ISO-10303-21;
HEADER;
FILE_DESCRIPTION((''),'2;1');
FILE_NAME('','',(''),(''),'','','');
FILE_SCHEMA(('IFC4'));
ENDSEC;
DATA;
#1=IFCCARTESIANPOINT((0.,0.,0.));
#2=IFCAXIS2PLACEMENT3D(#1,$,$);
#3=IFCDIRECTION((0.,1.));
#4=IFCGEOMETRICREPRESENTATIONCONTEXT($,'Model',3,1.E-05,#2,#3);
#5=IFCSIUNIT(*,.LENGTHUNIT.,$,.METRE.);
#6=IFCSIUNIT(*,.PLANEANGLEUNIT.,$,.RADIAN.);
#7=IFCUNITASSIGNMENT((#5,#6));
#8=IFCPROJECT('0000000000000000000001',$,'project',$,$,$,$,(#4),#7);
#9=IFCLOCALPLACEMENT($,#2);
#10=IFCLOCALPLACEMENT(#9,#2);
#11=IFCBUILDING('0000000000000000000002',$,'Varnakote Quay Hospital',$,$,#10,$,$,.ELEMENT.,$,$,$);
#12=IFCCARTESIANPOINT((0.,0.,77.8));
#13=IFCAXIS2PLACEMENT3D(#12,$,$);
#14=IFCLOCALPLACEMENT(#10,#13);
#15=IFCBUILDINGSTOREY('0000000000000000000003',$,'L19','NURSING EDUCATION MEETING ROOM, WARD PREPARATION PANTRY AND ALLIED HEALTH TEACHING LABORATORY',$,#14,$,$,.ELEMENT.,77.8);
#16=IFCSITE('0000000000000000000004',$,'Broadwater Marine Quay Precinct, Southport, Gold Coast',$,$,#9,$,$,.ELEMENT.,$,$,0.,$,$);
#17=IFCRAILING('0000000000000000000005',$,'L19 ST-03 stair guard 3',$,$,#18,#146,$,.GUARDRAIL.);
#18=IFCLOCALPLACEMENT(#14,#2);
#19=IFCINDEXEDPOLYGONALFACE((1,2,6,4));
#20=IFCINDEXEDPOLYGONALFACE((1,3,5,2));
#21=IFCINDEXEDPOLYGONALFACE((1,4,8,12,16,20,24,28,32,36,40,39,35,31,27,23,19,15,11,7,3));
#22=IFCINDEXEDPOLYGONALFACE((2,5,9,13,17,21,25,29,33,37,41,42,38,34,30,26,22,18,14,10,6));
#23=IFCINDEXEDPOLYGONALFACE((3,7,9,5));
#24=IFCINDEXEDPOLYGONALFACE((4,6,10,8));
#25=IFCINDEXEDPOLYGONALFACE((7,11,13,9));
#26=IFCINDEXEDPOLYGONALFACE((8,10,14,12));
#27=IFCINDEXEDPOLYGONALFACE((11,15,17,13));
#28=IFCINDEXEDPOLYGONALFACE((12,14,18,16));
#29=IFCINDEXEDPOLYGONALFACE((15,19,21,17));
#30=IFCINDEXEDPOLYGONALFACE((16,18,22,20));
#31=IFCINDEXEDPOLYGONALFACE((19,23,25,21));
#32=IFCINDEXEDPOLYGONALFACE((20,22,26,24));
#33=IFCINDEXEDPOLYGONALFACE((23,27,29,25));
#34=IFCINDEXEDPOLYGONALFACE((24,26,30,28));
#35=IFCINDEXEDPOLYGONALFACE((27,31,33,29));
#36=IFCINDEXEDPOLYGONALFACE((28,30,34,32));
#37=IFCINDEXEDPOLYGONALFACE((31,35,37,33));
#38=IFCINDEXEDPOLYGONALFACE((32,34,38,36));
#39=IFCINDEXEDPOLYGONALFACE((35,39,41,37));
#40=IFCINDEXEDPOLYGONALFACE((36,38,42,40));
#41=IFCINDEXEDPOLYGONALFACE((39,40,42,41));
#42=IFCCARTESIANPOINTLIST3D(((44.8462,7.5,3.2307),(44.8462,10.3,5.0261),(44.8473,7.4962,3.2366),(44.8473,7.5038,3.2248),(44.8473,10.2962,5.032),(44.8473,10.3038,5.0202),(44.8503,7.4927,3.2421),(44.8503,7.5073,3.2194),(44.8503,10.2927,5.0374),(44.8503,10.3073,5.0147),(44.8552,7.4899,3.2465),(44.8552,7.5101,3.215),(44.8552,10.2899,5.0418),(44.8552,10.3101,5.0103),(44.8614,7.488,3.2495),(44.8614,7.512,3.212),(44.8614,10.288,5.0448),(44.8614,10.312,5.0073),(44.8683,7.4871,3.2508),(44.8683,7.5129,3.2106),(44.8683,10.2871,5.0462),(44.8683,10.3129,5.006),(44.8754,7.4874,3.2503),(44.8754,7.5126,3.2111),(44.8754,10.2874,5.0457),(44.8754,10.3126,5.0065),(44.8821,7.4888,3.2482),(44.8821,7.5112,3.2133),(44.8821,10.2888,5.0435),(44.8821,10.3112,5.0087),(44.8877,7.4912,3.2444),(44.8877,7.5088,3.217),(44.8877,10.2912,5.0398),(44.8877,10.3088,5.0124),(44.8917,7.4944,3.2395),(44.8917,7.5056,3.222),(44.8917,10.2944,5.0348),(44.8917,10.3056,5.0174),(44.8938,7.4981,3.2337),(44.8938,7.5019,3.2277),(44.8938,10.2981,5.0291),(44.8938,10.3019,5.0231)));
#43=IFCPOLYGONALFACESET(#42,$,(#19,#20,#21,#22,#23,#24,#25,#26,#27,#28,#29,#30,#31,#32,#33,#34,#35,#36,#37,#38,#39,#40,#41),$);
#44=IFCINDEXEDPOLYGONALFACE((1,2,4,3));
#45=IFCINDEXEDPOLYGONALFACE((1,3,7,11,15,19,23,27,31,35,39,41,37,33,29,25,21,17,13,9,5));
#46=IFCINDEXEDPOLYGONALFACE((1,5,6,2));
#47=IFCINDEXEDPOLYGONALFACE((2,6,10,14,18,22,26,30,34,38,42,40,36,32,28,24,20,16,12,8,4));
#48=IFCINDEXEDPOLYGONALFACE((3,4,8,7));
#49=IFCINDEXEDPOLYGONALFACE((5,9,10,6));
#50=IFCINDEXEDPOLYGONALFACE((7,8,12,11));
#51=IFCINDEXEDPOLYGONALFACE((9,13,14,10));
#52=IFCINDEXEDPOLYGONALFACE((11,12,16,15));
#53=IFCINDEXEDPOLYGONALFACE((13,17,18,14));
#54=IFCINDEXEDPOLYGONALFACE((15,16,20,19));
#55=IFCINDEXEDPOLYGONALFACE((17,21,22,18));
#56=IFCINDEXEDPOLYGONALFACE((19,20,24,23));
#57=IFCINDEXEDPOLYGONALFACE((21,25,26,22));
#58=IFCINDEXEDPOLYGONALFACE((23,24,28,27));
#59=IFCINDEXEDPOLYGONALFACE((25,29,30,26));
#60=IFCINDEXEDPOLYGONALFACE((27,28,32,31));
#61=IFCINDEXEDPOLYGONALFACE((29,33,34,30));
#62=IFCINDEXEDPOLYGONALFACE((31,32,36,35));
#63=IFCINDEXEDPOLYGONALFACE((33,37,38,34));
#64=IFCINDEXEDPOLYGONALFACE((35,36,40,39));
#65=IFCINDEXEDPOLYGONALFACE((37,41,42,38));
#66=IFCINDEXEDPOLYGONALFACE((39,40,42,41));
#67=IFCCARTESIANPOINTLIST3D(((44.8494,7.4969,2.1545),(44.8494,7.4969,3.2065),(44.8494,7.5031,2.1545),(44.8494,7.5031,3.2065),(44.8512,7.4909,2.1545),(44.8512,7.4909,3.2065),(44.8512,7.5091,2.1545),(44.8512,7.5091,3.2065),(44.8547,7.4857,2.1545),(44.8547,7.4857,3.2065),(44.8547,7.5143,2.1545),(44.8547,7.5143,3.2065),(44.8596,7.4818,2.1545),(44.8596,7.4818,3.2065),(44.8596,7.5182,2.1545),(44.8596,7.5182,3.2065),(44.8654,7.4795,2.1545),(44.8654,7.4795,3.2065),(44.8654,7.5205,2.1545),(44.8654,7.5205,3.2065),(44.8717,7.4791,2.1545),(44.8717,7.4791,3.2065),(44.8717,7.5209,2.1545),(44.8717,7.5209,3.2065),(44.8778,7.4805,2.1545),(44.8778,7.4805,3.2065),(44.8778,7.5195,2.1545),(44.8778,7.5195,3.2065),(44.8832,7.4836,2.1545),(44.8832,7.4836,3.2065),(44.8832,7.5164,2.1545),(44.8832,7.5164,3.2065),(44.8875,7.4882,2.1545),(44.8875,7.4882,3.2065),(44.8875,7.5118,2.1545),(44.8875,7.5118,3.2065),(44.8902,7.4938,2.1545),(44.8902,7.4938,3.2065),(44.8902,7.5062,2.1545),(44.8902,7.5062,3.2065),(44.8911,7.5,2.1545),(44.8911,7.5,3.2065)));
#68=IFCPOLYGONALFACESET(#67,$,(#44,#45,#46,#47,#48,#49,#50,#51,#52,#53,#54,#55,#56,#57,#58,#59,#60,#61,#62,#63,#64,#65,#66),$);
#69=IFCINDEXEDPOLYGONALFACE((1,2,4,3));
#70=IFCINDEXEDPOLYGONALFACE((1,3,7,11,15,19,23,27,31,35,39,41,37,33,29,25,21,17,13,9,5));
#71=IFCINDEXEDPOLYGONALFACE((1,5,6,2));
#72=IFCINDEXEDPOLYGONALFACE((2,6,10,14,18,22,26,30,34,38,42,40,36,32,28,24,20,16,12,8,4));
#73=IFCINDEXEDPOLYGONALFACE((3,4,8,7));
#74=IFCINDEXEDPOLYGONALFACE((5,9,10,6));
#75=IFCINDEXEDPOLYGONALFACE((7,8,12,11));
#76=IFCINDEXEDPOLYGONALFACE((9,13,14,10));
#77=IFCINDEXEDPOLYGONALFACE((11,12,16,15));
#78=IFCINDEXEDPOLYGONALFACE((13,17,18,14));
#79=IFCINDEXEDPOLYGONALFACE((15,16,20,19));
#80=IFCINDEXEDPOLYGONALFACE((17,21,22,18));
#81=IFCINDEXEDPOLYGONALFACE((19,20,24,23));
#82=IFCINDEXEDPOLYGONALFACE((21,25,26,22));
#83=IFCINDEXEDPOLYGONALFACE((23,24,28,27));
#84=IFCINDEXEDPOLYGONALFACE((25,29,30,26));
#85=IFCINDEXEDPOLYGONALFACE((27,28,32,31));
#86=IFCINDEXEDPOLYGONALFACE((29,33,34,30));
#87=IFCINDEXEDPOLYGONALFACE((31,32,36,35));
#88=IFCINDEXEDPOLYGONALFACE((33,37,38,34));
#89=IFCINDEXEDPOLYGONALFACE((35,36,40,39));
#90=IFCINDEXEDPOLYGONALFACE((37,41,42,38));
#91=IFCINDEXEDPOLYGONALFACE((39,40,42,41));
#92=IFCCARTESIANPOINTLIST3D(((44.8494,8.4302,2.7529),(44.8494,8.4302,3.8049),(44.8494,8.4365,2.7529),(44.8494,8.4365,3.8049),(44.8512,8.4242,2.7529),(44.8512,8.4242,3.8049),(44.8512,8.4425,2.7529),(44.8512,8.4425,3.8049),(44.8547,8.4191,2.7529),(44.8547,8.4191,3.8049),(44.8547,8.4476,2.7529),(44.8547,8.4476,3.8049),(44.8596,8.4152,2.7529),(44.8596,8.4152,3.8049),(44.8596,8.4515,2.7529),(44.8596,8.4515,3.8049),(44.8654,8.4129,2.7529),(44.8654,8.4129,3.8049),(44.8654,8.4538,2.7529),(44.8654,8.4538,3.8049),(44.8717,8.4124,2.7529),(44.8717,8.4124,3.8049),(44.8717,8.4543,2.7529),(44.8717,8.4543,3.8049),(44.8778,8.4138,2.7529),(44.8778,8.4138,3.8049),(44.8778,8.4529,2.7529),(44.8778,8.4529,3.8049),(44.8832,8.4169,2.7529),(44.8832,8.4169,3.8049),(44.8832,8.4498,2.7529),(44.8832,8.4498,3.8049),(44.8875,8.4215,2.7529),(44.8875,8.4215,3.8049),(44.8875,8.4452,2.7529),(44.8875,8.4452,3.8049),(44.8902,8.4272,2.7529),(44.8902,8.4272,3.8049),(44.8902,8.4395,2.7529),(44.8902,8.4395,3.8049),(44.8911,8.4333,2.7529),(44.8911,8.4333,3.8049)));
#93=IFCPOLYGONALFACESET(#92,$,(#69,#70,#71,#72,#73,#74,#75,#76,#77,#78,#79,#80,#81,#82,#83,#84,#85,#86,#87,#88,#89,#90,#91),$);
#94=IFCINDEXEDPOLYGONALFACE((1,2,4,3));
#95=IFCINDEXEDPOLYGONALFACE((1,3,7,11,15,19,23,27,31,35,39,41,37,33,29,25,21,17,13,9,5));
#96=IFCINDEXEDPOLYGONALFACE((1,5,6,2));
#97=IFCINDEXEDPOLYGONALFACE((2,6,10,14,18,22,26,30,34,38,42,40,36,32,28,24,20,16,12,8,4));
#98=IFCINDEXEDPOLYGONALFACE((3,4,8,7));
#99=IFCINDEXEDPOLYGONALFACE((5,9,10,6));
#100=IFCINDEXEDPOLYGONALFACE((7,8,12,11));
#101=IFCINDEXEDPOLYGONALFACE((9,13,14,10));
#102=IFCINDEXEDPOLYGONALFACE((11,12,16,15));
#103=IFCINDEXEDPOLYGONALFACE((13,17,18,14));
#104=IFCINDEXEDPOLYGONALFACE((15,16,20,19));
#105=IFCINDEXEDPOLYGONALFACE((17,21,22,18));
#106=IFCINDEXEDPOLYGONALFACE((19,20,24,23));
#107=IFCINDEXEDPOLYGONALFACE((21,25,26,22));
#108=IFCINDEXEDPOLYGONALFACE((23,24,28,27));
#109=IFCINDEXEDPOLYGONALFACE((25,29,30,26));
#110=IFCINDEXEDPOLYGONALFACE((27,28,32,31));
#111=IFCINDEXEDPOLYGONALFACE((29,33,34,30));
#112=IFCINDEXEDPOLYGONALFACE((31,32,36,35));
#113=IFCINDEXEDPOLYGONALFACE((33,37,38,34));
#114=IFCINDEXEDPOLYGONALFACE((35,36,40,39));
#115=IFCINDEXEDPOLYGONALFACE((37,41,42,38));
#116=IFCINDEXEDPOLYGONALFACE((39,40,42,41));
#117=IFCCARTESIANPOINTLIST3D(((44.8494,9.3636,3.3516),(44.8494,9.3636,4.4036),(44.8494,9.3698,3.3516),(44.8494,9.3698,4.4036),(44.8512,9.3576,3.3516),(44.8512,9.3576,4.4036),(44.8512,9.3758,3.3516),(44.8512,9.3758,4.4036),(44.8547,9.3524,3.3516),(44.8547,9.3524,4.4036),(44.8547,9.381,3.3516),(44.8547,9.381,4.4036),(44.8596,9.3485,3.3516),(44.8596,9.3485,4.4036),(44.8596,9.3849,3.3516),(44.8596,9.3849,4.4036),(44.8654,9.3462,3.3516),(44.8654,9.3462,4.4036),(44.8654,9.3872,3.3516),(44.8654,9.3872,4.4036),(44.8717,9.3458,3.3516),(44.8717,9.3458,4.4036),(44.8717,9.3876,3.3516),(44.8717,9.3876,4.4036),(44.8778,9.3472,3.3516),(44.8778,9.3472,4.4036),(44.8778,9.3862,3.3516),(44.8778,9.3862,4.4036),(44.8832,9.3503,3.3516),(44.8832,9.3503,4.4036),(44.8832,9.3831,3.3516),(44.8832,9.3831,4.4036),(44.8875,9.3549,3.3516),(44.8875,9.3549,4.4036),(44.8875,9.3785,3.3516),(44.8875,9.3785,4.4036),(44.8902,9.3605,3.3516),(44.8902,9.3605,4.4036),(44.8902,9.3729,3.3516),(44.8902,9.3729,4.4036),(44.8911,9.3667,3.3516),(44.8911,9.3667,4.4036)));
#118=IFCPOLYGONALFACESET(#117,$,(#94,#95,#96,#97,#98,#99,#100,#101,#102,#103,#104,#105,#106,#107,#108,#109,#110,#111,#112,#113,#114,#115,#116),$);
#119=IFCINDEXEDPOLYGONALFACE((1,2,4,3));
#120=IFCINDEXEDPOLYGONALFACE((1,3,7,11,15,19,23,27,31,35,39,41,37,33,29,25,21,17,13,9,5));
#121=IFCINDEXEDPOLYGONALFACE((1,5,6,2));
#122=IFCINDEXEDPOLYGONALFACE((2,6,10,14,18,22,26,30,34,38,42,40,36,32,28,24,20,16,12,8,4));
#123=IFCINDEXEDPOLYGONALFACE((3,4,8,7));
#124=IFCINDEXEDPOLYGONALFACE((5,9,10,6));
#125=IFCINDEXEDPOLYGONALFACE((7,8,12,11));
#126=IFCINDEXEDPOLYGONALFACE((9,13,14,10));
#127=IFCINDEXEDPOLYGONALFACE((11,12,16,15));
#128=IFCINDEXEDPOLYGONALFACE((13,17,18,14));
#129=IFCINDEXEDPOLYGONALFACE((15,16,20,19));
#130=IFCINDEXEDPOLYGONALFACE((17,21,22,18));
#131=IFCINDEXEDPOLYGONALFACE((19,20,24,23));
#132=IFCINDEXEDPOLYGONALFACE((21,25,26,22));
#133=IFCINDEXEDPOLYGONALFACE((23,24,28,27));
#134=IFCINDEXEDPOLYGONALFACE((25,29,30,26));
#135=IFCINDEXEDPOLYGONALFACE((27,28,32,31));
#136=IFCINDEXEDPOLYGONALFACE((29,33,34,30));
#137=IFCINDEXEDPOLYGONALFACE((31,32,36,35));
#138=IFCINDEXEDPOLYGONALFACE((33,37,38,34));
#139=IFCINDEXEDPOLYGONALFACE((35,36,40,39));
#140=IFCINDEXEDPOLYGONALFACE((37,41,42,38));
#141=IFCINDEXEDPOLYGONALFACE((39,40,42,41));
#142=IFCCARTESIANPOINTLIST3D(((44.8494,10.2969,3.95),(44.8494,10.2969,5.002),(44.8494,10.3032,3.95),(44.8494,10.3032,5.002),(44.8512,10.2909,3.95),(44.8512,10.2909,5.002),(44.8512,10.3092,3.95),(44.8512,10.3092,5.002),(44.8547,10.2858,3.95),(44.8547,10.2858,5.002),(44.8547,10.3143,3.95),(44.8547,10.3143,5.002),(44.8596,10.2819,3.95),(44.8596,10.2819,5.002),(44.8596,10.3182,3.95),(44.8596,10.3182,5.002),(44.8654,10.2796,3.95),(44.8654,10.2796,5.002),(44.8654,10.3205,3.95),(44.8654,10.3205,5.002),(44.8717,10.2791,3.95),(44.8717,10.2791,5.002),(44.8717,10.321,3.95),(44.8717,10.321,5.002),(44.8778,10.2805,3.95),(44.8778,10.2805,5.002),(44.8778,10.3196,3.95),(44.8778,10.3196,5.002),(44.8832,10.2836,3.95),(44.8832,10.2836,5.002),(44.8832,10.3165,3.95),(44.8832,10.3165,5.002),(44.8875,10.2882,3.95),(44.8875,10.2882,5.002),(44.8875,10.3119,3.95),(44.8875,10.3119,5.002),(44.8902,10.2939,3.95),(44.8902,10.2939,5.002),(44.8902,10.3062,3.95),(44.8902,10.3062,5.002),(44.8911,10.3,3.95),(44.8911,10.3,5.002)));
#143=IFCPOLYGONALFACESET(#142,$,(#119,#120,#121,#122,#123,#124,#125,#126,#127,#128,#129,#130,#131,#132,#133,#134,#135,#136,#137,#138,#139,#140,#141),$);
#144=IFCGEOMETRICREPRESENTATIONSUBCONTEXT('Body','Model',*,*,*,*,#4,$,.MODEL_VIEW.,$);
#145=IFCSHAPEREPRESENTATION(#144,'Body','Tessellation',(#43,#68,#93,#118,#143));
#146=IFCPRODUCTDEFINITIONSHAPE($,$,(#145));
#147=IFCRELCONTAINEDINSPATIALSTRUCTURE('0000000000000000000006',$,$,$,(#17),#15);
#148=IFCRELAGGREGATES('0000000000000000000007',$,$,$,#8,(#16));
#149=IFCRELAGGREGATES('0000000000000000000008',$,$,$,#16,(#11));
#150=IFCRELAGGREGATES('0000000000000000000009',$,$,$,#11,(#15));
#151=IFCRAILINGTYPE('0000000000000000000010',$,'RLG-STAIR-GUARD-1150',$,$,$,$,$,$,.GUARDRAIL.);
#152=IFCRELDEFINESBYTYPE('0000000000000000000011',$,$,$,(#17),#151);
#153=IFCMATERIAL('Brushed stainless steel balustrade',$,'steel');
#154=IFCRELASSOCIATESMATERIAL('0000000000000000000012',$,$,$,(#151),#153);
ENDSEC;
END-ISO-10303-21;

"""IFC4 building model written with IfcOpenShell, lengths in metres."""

from ifc_helpers import new_model, si_unit, direction, frame, origin, origin_2d, place, context, subcontext, project, spatial, circle, extrude, material, type_object, element, save


model = new_model("IFC4")

# Units and contexts
model_context = context("Model", 3, precision=1e-05, world=origin(), true_north=direction((0.0, 1.0)))
body_context = subcontext(model_context, "Body", "Model", "MODEL_VIEW")
ifc_project = project(units=[si_unit("LENGTHUNIT", "METRE"), si_unit("PLANEANGLEUNIT", "RADIAN")], contexts=[model_context])

# Site, building, storey
site_placement = place(None, origin())
site = spatial("IfcSite", under=ifc_project, at=site_placement, Name="Broadwater Marine Quay Precinct, Southport, Gold Coast", CompositionType="ELEMENT", RefElevation=0.0)
building_placement = place(site_placement, origin())
building = spatial("IfcBuilding", under=site, at=building_placement, Name="Varnakote Quay Hospital", CompositionType="ELEMENT")
storey_placement = place(building_placement, frame((0.0, 0.0, 77.8)))
storey = spatial("IfcBuildingStorey", under=building, at=storey_placement, Name="L19", Description="NURSING EDUCATION MEETING ROOM, WARD PREPARATION PANTRY AND ALLIED HEALTH TEACHING LABORATORY", CompositionType="ELEMENT", Elevation=77.8)

# Railing
ifc_material_1 = material(Name="Brushed stainless steel balustrade", Category="steel")
railing_type_1 = type_object("IfcRailingType", Name="RLG-STAIR-GUARD-1150", PredefinedType="GUARDRAIL", material=ifc_material_1)
railing_1_placement = place(storey_placement, frame((44.8701, 7.5, 2.1545)))
element("IfcRailing", 1, at=railing_1_placement, inside=storey, type_object=railing_type_1, Name="L19 ST-03 stair guard 3", PredefinedType="GUARDRAIL", context=body_context, shape_type="SweptSolid", body=[
    extrude(circle(Radius=0.0239, at=origin_2d()), frame((0.0, 0.0, 1.0762), z_axis=(0.0, 0.84181, 0.539774), x_axis=(-1.0, 0.0, 0.0)), (0.0, 0.0, 1.0), 3.3262),
    extrude(circle(Radius=0.021, at=origin_2d()), origin(), (0.0, 0.0, 1.0), 1.052),
    extrude(circle(Radius=0.021, at=origin_2d()), frame((0.0, 0.9333, 0.5984)), (0.0, 0.0, 1.0), 1.052),
    extrude(circle(Radius=0.021, at=origin_2d()), frame((0.0, 1.8667, 1.197)), (0.0, 0.0, 1.0), 1.052),
    extrude(circle(Radius=0.021, at=origin_2d()), frame((0.0, 2.8, 1.7954)), (0.0, 0.0, 1.0), 1.052),
])

save(model, "model.ifc")
